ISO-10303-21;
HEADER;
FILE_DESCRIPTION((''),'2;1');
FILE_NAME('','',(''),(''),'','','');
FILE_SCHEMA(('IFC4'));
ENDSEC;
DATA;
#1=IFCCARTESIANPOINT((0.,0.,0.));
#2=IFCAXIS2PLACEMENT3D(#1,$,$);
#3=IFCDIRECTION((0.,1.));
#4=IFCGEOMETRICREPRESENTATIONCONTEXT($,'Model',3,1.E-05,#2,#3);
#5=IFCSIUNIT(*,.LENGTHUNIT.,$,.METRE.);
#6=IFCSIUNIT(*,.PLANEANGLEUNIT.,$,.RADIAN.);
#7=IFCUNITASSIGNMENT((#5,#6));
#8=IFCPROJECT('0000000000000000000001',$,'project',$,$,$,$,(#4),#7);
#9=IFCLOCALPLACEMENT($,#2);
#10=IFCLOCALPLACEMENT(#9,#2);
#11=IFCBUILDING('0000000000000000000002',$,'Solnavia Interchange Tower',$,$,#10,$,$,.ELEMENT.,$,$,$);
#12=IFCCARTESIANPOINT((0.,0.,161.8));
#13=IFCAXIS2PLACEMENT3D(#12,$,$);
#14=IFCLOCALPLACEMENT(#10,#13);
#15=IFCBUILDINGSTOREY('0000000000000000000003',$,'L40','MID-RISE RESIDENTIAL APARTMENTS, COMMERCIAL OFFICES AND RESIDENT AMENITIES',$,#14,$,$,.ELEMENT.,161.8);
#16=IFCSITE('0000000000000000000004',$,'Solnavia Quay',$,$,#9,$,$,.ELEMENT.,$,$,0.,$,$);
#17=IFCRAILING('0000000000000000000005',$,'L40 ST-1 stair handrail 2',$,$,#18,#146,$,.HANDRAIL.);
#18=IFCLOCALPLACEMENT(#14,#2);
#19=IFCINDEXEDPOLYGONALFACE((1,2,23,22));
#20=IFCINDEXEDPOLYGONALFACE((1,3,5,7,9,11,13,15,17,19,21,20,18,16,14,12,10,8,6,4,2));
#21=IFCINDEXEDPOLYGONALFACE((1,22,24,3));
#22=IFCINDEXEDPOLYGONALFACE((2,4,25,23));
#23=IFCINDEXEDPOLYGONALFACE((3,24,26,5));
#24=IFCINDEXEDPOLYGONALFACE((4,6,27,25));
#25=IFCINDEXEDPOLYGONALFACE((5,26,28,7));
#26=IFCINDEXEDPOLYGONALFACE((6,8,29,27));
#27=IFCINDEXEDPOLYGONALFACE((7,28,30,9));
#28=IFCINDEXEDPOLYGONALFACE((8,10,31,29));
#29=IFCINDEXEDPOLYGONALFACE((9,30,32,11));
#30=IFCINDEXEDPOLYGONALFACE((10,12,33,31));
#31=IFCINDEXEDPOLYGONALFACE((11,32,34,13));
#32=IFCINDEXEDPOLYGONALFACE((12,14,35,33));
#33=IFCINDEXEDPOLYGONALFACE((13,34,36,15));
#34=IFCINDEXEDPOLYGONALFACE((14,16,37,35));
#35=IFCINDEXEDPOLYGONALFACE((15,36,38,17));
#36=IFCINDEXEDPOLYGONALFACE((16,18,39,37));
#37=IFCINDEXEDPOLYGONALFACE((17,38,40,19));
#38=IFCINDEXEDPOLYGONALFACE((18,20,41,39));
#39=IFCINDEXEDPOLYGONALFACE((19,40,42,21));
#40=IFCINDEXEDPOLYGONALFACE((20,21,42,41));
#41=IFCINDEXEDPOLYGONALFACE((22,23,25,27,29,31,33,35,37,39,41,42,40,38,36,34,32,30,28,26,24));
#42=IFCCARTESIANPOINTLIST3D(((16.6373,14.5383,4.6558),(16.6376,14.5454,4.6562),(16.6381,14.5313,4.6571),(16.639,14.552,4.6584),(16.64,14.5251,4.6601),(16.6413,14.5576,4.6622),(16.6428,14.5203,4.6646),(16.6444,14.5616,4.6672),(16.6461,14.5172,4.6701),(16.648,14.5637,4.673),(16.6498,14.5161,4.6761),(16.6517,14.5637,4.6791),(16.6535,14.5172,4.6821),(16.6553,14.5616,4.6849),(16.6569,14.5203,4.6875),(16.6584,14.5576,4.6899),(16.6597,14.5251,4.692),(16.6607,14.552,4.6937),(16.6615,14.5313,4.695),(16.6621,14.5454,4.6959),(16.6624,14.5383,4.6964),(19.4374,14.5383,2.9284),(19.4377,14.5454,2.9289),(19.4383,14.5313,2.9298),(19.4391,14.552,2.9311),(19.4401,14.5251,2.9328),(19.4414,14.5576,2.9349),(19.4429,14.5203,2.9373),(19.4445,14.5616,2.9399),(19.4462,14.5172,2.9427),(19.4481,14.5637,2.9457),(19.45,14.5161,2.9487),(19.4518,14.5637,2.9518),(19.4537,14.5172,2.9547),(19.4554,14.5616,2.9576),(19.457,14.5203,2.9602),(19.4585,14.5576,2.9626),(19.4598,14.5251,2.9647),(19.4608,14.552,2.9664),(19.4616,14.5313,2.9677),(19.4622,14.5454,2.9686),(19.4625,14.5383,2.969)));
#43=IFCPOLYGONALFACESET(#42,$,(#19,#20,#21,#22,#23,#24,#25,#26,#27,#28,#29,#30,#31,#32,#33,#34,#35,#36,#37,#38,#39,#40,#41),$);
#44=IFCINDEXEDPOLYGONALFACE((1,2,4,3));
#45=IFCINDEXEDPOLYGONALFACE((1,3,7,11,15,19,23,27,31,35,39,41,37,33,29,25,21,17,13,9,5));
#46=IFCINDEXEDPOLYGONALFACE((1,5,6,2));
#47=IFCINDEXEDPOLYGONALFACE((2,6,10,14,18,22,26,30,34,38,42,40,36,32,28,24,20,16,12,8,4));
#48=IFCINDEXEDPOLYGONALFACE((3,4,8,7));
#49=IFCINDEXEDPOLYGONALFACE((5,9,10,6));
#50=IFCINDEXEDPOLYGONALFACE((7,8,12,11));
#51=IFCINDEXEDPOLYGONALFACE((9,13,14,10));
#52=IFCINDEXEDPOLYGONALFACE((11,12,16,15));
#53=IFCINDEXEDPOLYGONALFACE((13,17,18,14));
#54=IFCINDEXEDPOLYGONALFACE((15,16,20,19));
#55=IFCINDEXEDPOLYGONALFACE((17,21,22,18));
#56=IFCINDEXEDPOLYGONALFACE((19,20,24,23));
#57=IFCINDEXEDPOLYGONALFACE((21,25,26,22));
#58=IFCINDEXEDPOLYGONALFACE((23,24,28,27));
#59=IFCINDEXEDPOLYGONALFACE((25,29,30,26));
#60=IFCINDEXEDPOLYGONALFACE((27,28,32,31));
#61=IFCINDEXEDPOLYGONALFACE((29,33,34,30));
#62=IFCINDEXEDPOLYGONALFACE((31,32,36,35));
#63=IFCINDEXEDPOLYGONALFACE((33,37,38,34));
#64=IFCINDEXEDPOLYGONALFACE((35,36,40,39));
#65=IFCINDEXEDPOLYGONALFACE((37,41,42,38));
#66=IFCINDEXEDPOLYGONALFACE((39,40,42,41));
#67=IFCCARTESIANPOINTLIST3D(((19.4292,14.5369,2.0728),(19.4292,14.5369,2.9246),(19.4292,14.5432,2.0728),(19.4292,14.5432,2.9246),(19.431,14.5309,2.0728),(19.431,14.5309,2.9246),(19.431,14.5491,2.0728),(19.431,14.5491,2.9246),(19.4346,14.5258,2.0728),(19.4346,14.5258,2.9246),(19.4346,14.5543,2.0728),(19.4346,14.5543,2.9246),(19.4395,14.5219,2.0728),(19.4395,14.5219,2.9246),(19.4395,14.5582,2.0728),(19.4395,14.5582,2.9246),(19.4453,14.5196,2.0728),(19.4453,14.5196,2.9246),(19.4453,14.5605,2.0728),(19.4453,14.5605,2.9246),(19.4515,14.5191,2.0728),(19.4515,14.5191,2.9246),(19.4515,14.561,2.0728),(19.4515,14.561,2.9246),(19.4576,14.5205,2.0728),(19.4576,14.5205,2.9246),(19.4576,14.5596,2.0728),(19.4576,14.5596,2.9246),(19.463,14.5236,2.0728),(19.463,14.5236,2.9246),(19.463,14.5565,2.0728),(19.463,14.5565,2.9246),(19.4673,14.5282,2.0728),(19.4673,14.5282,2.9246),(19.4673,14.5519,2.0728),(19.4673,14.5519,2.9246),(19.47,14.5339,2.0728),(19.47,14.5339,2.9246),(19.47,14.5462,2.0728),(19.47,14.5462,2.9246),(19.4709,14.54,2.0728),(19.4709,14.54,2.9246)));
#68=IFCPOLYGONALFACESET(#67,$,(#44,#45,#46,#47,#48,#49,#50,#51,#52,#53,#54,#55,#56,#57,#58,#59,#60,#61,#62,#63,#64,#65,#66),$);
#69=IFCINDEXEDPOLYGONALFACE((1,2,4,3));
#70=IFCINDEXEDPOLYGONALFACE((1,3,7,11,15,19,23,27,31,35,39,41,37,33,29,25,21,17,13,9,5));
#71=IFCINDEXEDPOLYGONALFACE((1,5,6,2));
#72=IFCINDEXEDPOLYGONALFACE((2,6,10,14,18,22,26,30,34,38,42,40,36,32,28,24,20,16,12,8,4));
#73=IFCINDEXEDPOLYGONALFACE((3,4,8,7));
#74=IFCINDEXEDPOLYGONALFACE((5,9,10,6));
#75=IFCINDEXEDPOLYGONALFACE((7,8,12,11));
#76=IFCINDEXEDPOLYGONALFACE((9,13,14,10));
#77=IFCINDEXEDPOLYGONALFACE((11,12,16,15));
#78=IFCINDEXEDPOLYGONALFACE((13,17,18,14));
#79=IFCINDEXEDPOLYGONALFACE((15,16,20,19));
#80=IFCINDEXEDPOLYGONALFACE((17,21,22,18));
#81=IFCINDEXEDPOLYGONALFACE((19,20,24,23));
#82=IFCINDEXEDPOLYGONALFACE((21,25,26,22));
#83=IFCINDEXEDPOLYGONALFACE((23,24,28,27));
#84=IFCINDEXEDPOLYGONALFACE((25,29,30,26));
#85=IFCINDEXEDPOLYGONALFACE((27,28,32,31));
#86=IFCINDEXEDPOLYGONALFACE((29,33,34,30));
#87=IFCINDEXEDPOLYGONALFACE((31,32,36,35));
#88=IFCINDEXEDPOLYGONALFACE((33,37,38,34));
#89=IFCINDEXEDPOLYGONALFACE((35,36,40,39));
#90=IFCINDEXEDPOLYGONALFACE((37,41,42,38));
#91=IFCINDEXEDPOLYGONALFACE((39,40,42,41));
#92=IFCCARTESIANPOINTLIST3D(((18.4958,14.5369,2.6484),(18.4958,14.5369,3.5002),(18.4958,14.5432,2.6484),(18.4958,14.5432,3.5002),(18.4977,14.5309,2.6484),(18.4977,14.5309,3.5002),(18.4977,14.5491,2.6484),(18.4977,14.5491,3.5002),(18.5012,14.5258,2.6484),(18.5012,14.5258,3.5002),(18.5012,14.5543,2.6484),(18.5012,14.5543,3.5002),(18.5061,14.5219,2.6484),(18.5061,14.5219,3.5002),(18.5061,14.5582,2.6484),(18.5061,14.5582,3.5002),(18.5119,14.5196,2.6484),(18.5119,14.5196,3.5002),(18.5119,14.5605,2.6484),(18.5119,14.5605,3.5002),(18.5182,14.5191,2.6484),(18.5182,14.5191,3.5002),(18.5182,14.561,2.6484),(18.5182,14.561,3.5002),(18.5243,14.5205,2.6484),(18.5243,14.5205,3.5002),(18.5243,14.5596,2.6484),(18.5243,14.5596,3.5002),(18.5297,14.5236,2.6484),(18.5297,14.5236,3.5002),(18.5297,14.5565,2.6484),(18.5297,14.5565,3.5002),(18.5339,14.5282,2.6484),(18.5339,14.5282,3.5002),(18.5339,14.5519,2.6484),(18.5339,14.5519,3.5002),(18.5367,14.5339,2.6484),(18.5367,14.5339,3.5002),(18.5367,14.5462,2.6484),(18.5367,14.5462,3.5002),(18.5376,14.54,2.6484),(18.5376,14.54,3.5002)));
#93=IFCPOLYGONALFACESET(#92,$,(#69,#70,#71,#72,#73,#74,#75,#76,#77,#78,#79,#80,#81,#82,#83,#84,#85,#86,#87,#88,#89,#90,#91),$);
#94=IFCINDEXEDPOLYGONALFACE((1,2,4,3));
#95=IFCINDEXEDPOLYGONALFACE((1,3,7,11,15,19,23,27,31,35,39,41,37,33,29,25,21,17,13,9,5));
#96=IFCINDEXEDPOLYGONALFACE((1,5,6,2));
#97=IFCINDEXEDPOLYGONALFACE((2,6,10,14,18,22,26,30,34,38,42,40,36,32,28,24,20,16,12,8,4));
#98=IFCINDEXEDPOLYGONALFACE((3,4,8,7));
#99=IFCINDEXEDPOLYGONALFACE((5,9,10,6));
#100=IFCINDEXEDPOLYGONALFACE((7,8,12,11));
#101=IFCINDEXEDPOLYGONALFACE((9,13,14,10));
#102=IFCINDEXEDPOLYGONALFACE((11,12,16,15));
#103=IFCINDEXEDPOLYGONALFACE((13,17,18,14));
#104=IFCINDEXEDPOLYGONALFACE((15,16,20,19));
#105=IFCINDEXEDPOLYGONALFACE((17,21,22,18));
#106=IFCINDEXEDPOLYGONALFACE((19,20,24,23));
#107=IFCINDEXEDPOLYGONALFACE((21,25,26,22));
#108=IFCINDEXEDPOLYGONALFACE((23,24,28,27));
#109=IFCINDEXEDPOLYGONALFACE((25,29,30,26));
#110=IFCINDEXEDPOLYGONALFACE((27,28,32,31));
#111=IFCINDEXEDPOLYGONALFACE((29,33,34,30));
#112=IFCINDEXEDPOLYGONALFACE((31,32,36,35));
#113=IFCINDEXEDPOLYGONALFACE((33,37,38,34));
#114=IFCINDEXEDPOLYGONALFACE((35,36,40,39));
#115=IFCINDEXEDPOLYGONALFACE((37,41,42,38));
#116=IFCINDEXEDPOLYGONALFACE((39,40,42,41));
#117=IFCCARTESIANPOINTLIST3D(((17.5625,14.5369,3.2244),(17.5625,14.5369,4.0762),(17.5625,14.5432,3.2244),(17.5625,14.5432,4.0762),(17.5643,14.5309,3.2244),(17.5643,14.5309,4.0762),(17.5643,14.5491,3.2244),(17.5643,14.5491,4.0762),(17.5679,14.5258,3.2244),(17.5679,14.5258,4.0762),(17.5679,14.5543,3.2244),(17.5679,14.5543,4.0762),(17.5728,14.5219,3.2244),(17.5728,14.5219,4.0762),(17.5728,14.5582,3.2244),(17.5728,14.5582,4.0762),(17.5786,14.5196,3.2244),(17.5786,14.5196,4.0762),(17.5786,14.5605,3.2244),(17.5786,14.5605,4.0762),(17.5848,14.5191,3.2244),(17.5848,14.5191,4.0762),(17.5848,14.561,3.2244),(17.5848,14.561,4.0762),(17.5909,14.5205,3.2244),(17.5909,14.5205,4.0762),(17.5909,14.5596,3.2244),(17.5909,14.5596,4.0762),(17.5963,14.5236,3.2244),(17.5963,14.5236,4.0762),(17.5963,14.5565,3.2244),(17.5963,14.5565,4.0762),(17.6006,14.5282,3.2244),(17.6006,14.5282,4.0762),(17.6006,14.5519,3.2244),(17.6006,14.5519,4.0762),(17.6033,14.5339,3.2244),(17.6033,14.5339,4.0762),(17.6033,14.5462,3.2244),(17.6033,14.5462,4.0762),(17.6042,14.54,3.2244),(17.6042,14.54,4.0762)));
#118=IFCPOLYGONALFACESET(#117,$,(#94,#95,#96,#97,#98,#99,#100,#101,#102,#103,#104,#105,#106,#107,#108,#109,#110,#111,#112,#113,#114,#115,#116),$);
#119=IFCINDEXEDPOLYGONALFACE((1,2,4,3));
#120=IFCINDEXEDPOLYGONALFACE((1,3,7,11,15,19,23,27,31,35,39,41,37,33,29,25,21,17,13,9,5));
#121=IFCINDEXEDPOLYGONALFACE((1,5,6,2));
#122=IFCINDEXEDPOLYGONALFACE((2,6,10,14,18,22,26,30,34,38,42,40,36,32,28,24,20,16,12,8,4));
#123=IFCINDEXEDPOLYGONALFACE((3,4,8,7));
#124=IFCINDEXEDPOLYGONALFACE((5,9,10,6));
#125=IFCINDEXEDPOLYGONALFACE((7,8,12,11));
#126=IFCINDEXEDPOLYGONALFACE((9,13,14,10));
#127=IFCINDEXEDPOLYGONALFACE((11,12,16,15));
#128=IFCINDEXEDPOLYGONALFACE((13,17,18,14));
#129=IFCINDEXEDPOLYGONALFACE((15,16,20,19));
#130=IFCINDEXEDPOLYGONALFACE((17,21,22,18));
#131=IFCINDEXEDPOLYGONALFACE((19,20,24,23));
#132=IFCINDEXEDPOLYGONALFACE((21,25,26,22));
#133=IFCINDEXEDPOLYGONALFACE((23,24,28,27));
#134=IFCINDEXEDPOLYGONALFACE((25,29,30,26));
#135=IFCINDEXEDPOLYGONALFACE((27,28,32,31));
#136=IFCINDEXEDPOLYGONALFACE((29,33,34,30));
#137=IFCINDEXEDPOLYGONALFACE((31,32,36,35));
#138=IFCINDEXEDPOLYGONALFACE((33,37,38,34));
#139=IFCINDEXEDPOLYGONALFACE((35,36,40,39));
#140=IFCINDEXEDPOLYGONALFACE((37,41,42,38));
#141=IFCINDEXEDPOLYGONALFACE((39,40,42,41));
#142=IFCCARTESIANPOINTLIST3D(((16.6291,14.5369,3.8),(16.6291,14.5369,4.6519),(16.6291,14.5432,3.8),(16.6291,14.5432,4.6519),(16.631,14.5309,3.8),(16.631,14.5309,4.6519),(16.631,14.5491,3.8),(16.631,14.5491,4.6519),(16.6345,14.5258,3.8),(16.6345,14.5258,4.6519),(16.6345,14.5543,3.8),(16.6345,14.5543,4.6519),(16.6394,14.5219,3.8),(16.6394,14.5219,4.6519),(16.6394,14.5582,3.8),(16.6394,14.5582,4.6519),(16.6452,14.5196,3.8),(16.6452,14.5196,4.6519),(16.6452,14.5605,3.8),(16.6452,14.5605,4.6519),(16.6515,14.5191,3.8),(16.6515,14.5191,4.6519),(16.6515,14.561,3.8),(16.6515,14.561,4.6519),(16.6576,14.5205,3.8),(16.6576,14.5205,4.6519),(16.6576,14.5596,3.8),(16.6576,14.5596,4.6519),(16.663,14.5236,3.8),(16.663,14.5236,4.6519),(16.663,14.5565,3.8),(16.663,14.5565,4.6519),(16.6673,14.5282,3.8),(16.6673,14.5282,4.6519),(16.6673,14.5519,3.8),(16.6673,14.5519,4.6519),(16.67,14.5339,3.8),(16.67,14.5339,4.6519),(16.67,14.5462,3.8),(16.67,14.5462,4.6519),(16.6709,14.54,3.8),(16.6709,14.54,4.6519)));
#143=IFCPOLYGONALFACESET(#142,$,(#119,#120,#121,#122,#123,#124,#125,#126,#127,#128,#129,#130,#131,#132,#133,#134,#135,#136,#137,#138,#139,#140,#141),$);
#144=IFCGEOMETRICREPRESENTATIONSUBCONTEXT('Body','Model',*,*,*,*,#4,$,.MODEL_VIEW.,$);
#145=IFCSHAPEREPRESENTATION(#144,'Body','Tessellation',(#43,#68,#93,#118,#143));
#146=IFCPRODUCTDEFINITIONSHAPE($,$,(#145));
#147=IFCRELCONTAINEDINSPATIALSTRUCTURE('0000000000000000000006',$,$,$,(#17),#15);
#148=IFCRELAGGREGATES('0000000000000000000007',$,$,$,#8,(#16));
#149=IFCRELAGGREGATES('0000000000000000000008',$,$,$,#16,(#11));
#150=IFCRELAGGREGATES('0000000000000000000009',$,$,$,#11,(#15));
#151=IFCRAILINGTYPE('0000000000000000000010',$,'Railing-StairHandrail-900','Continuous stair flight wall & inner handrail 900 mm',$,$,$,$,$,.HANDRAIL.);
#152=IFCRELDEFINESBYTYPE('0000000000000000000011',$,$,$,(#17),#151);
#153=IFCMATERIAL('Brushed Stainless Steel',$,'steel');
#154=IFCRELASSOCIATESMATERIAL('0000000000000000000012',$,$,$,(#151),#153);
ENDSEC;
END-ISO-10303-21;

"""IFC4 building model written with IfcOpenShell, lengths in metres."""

from ifc_helpers import new_model, si_unit, direction, frame, origin, origin_2d, place, context, subcontext, project, spatial, circle, extrude, material, type_object, element, save


model = new_model("IFC4")

# Units and contexts
model_context = context("Model", 3, precision=1e-05, world=origin(), true_north=direction((0.0, 1.0)))
body_context = subcontext(model_context, "Body", "Model", "MODEL_VIEW")
ifc_project = project(units=[si_unit("LENGTHUNIT", "METRE"), si_unit("PLANEANGLEUNIT", "RADIAN")], contexts=[model_context])

# Site, building, storey
site_placement = place(None, origin())
site = spatial("IfcSite", under=ifc_project, at=site_placement, Name="Solnavia Quay", CompositionType="ELEMENT", RefElevation=0.0)
building_placement = place(site_placement, origin())
building = spatial("IfcBuilding", under=site, at=building_placement, Name="Solnavia Interchange Tower", CompositionType="ELEMENT")
storey_placement = place(building_placement, frame((0.0, 0.0, 161.8)))
storey = spatial("IfcBuildingStorey", under=building, at=storey_placement, Name="L40", Description="MID-RISE RESIDENTIAL APARTMENTS, COMMERCIAL OFFICES AND RESIDENT AMENITIES", CompositionType="ELEMENT", Elevation=161.8)

# Railing
ifc_material_1 = material(Name="Brushed Stainless Steel", Category="steel")
railing_type_1 = type_object("IfcRailingType", Name="Railing-StairHandrail-900", Description="Continuous stair flight wall & inner handrail 900 mm", PredefinedType="HANDRAIL", material=ifc_material_1)
railing_1_placement = place(storey_placement, frame((19.45, 14.54, 2.0728)))
element("IfcRailing", 1, at=railing_1_placement, inside=storey, type_object=railing_type_1, Name="L40 ST-1 stair handrail 2", PredefinedType="HANDRAIL", context=body_context, shape_type="SweptSolid", body=[
    extrude(circle(Radius=0.0239, at=origin_2d()), frame((0.0, 0.0, 0.876), z_axis=(-0.85109, 0.0, 0.52502), x_axis=(0.0, -1.0, 0.0)), (0.0, 0.0, 1.0), 3.29),
    extrude(circle(Radius=0.021, at=origin_2d()), origin(), (0.0, 0.0, 1.0), 0.8518),
    extrude(circle(Radius=0.021, at=origin_2d()), frame((-0.9333, 0.0, 0.5757)), (0.0, 0.0, 1.0), 0.8518),
    extrude(circle(Radius=0.021, at=origin_2d()), frame((-1.8667, 0.0, 1.1516)), (0.0, 0.0, 1.0), 0.8518),
    extrude(circle(Radius=0.021, at=origin_2d()), frame((-2.8, 0.0, 1.7273)), (0.0, 0.0, 1.0), 0.8518),
])

save(model, "model.ifc")
